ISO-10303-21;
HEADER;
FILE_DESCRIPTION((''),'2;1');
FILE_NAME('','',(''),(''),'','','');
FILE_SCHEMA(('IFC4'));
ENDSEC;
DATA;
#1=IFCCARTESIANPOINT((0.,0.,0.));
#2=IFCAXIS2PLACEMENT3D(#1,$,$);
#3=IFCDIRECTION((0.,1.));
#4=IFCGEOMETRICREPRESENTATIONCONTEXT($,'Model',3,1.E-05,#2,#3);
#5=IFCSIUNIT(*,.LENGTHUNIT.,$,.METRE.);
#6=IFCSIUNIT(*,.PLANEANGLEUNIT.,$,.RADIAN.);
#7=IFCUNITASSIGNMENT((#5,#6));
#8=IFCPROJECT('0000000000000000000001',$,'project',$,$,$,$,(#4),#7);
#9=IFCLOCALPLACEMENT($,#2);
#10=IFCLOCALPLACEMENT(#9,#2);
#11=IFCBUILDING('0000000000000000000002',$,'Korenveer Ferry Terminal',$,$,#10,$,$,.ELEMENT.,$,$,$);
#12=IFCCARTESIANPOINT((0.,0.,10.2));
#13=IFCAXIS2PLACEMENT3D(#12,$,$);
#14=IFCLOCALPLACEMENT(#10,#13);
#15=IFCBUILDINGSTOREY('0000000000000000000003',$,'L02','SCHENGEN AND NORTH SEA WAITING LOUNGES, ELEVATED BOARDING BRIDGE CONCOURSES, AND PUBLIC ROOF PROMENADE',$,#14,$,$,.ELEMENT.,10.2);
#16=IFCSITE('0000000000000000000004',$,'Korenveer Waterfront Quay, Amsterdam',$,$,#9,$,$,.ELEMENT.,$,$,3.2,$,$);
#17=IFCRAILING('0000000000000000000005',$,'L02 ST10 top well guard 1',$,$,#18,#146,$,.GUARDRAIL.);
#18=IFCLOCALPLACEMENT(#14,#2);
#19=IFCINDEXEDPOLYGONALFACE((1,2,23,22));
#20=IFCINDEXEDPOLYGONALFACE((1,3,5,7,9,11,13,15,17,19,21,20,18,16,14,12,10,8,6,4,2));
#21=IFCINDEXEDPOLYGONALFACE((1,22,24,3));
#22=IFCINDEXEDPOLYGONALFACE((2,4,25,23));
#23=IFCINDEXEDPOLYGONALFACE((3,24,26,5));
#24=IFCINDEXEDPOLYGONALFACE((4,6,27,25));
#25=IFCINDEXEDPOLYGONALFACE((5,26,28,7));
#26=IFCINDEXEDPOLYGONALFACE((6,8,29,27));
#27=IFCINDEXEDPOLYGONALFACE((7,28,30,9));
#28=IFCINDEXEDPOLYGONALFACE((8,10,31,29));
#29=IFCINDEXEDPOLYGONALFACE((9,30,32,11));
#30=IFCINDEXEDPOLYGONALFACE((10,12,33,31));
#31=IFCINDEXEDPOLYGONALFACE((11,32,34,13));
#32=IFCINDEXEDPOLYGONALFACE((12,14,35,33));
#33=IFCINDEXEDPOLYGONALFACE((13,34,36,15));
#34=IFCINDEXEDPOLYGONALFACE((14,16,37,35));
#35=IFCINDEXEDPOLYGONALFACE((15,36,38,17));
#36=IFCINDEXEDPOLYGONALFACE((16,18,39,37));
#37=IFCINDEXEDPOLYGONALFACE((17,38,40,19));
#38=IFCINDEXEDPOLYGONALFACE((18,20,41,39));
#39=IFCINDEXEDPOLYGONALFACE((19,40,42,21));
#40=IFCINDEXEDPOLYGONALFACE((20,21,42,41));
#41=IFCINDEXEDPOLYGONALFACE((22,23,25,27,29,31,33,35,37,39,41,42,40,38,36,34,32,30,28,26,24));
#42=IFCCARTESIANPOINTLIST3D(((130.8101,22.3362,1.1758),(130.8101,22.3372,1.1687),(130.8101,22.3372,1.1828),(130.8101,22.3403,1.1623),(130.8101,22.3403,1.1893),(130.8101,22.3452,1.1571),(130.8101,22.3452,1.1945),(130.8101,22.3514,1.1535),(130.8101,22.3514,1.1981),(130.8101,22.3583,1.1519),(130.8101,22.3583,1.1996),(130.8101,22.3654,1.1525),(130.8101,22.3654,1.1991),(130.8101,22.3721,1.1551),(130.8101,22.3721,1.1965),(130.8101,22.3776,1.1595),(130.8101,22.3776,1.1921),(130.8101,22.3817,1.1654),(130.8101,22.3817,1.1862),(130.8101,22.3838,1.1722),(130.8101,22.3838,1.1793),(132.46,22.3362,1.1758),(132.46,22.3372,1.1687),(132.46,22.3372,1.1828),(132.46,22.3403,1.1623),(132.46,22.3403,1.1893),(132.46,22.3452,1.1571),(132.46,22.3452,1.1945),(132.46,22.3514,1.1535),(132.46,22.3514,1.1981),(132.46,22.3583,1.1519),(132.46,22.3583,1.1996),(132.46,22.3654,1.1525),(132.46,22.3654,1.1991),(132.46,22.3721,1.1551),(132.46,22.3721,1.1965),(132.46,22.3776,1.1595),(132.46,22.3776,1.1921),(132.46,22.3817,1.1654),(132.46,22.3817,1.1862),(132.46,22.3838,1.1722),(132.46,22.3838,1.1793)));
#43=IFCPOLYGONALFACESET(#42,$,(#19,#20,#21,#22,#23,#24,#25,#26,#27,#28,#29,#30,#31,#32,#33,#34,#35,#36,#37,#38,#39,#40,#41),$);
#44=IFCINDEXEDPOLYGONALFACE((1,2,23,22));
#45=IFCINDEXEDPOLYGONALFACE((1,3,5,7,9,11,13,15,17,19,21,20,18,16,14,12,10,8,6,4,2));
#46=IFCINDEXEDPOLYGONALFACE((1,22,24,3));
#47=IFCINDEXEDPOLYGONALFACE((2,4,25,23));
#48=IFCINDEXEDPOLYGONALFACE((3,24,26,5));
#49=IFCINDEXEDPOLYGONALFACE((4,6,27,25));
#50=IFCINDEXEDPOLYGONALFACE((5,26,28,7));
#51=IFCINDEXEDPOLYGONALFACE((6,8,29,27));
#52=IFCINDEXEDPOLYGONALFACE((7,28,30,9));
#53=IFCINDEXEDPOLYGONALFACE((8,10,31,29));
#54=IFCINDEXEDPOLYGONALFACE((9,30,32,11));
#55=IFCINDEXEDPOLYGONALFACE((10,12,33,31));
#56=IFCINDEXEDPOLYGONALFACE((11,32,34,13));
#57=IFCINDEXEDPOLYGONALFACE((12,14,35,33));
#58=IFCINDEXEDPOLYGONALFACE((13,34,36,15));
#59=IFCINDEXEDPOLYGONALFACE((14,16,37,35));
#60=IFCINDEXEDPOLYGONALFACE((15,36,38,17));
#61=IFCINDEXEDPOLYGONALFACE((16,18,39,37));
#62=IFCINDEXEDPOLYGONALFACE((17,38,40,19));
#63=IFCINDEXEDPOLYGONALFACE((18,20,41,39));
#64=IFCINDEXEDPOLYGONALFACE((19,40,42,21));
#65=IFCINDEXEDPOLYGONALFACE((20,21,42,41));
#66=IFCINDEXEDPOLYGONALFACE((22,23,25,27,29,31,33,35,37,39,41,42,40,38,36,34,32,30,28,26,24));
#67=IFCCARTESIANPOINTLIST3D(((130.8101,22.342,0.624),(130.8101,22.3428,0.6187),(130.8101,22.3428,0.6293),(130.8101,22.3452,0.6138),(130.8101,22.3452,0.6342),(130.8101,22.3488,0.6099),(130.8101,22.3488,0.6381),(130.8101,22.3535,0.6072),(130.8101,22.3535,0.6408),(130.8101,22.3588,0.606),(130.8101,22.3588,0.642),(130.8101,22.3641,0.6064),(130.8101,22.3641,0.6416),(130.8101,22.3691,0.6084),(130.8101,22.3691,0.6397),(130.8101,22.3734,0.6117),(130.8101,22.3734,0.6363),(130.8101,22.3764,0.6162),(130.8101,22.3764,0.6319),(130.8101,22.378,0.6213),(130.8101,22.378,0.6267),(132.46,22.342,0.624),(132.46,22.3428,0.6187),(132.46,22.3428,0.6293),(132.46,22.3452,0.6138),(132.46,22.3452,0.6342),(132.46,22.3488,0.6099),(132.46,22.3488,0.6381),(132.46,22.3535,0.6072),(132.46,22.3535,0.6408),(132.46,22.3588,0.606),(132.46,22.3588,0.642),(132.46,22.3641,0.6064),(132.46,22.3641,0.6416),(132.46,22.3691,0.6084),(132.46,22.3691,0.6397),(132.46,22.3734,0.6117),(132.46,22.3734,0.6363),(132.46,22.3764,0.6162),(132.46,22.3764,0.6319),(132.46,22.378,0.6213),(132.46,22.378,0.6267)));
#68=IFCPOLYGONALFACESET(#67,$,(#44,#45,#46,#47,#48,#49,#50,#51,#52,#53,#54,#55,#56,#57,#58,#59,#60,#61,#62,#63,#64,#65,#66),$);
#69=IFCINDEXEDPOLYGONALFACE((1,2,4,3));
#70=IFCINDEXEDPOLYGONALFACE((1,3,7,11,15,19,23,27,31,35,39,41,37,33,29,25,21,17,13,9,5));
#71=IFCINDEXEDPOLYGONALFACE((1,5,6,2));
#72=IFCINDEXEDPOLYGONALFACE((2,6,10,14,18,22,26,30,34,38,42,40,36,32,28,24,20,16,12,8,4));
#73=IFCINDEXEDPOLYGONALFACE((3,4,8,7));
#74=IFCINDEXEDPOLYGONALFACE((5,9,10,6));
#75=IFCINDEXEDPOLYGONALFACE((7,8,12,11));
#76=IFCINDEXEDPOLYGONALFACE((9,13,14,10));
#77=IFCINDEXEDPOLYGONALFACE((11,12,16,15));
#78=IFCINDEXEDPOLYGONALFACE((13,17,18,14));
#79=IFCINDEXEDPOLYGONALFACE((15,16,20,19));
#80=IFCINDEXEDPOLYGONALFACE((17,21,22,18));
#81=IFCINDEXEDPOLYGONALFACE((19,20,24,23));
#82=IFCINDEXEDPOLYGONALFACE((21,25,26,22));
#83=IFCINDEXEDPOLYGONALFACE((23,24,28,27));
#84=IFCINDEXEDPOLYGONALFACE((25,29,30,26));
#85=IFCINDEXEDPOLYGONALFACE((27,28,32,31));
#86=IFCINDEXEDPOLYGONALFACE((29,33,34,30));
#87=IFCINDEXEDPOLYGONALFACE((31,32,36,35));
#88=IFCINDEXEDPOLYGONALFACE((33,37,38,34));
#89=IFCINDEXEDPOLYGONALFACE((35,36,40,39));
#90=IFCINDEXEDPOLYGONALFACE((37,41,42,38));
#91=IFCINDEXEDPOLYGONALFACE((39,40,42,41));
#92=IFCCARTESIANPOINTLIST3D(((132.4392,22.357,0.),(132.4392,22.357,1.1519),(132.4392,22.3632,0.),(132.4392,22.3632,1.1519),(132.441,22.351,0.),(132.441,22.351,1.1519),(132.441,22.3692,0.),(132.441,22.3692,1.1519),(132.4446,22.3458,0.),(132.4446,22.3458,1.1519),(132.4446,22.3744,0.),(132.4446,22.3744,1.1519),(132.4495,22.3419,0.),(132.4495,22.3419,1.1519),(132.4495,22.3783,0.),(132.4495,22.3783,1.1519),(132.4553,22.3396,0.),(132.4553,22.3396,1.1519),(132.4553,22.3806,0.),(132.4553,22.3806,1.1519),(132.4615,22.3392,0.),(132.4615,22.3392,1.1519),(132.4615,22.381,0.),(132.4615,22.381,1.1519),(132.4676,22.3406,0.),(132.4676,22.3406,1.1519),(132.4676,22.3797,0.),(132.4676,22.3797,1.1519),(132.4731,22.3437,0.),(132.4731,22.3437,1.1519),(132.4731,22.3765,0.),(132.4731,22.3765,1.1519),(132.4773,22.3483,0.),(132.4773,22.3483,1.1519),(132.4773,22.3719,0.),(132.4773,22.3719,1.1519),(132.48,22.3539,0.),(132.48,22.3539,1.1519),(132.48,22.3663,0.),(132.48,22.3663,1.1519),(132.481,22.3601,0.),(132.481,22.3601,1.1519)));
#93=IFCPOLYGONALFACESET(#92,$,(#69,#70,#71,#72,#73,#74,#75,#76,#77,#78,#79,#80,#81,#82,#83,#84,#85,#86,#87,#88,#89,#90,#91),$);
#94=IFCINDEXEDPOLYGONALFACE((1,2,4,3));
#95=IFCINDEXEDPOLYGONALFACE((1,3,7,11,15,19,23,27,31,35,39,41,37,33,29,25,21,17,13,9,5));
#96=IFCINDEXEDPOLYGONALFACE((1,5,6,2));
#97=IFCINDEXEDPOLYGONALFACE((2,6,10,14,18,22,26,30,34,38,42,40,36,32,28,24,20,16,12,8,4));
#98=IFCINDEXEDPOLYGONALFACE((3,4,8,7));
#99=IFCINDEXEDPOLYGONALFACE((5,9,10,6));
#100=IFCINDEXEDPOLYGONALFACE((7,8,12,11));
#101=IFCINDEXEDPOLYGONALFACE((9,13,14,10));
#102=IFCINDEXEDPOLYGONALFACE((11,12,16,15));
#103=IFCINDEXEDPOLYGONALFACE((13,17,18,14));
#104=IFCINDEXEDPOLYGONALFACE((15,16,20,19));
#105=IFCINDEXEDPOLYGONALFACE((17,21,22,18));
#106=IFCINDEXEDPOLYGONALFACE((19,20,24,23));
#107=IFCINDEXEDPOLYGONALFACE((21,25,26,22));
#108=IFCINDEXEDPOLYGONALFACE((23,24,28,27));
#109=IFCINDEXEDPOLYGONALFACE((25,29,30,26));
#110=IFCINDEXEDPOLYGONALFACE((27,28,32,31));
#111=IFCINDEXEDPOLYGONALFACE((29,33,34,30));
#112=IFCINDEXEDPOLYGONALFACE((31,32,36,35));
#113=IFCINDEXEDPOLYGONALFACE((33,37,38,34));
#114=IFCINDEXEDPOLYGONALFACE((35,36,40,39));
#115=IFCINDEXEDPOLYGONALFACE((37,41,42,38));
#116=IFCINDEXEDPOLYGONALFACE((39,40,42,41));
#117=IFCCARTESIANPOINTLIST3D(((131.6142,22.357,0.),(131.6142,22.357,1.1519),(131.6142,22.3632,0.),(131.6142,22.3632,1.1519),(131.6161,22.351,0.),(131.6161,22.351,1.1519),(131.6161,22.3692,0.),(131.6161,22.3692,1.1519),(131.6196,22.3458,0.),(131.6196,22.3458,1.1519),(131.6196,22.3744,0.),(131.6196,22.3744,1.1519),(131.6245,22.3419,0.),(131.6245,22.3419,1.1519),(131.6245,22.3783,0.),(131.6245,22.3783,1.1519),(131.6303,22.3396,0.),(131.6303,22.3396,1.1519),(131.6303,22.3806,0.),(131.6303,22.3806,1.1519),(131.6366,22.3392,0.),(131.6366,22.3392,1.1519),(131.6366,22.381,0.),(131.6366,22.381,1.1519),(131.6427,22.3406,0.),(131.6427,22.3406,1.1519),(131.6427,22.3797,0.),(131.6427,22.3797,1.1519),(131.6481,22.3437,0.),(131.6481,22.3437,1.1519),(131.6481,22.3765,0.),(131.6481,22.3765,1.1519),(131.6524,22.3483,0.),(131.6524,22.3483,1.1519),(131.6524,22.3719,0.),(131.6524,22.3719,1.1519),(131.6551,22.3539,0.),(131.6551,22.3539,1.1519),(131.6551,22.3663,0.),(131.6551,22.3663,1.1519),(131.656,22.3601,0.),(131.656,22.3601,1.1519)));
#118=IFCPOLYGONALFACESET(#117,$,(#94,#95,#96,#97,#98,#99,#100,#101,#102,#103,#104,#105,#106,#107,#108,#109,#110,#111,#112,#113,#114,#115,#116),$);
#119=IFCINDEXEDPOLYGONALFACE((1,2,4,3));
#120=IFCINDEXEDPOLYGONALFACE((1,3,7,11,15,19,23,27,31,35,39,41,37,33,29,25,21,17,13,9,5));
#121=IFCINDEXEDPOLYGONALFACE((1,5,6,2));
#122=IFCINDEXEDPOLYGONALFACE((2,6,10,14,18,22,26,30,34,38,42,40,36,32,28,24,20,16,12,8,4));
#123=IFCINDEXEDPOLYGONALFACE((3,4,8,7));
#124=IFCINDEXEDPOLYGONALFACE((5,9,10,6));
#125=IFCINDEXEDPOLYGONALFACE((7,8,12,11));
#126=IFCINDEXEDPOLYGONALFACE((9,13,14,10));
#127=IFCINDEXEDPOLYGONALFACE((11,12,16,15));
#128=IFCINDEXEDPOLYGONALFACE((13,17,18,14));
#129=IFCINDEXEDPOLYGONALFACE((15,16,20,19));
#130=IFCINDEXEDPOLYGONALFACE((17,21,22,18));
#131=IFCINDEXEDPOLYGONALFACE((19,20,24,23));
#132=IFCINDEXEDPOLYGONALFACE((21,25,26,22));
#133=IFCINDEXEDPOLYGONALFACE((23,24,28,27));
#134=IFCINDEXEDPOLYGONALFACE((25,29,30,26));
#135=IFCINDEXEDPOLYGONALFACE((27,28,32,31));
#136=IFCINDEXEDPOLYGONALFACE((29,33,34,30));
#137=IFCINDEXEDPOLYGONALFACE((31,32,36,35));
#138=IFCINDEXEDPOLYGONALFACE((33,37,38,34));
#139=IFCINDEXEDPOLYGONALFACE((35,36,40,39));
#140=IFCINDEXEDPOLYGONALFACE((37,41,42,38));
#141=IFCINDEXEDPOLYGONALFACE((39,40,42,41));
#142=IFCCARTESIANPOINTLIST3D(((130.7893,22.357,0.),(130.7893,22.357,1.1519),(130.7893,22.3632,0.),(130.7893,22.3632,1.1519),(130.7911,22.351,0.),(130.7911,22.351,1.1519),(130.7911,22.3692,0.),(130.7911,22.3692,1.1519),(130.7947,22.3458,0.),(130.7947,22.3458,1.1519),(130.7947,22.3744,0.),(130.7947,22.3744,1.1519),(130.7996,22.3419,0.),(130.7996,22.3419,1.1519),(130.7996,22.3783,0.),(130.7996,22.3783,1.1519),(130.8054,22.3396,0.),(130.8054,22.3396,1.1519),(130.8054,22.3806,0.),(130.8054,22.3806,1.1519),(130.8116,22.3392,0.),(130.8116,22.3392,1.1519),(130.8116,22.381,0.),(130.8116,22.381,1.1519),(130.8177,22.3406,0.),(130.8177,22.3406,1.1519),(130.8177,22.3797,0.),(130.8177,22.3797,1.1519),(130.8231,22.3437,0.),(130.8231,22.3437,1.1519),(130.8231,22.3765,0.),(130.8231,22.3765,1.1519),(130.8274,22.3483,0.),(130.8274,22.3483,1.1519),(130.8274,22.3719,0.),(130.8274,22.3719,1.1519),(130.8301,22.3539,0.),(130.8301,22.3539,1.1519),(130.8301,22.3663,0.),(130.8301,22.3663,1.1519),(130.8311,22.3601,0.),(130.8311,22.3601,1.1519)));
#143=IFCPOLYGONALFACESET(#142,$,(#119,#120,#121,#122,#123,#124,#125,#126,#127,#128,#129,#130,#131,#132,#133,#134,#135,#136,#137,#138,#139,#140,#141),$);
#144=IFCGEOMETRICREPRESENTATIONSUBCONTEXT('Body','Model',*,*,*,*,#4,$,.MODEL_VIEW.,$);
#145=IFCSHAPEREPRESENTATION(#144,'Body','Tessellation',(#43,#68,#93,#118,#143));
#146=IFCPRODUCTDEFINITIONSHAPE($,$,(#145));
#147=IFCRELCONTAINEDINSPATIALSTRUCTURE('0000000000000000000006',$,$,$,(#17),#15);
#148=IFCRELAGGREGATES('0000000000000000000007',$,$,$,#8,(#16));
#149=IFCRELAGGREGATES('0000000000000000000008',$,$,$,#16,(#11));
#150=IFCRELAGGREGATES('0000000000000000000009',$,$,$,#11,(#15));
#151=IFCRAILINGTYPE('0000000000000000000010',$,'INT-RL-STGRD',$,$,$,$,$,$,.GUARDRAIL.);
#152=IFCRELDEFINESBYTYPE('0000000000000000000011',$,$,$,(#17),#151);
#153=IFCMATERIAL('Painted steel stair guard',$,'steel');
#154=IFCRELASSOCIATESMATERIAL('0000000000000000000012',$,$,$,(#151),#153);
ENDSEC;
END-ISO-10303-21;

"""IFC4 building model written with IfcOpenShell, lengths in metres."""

from ifc_helpers import new_model, si_unit, direction, frame, origin, origin_2d, place, context, subcontext, project, spatial, circle, extrude, material, type_object, element, save


model = new_model("IFC4")

# Units and contexts
model_context = context("Model", 3, precision=1e-05, world=origin(), true_north=direction((0.0, 1.0)))
body_context = subcontext(model_context, "Body", "Model", "MODEL_VIEW")
ifc_project = project(units=[si_unit("LENGTHUNIT", "METRE"), si_unit("PLANEANGLEUNIT", "RADIAN")], contexts=[model_context])

# Site, building, storey
site_placement = place(None, origin())
site = spatial("IfcSite", under=ifc_project, at=site_placement, Name="Korenveer Waterfront Quay, Amsterdam", CompositionType="ELEMENT", RefElevation=3.2)
building_placement = place(site_placement, origin())
building = spatial("IfcBuilding", under=site, at=building_placement, Name="Korenveer Ferry Terminal", CompositionType="ELEMENT")
storey_placement = place(building_placement, frame((0.0, 0.0, 10.2)))
storey = spatial("IfcBuildingStorey", under=building, at=storey_placement, Name="L02", Description="SCHENGEN AND NORTH SEA WAITING LOUNGES, ELEVATED BOARDING BRIDGE CONCOURSES, AND PUBLIC ROOF PROMENADE", CompositionType="ELEMENT", Elevation=10.2)

# Railing
ifc_material_1 = material(Name="Painted steel stair guard", Category="steel")
railing_type = type_object("IfcRailingType", Name="INT-RL-STGRD", PredefinedType="GUARDRAIL", material=ifc_material_1)
railing_placement = place(storey_placement, frame((132.46, 22.3601, 0.0)))
element("IfcRailing", 1, at=railing_placement, inside=storey, type_object=railing_type, Name="L02 ST10 top well guard 1", PredefinedType="GUARDRAIL", context=body_context, shape_type="SweptSolid", body=[
    extrude(circle(Radius=0.0239, at=origin_2d()), frame((0.0, 0.0, 1.1758), z_axis=(-1.0, 0.0, 0.0), x_axis=(0.0, -1.0, 0.0)), (0.0, 0.0, 1.0), 1.6499),
    extrude(circle(Radius=0.0181, at=origin_2d()), frame((0.0, 0.0, 0.624), z_axis=(-1.0, 0.0, 0.0), x_axis=(0.0, -1.0, 0.0)), (0.0, 0.0, 1.0), 1.6499),
    extrude(circle(Radius=0.021, at=origin_2d()), origin(), (0.0, 0.0, 1.0), 1.1519),
    extrude(circle(Radius=0.021, at=origin_2d()), frame((-0.825, 0.0, 0.0)), (0.0, 0.0, 1.0), 1.1519),
    extrude(circle(Radius=0.021, at=origin_2d()), frame((-1.6499, 0.0, 0.0)), (0.0, 0.0, 1.0), 1.1519),
])

save(model, "model.ifc")
